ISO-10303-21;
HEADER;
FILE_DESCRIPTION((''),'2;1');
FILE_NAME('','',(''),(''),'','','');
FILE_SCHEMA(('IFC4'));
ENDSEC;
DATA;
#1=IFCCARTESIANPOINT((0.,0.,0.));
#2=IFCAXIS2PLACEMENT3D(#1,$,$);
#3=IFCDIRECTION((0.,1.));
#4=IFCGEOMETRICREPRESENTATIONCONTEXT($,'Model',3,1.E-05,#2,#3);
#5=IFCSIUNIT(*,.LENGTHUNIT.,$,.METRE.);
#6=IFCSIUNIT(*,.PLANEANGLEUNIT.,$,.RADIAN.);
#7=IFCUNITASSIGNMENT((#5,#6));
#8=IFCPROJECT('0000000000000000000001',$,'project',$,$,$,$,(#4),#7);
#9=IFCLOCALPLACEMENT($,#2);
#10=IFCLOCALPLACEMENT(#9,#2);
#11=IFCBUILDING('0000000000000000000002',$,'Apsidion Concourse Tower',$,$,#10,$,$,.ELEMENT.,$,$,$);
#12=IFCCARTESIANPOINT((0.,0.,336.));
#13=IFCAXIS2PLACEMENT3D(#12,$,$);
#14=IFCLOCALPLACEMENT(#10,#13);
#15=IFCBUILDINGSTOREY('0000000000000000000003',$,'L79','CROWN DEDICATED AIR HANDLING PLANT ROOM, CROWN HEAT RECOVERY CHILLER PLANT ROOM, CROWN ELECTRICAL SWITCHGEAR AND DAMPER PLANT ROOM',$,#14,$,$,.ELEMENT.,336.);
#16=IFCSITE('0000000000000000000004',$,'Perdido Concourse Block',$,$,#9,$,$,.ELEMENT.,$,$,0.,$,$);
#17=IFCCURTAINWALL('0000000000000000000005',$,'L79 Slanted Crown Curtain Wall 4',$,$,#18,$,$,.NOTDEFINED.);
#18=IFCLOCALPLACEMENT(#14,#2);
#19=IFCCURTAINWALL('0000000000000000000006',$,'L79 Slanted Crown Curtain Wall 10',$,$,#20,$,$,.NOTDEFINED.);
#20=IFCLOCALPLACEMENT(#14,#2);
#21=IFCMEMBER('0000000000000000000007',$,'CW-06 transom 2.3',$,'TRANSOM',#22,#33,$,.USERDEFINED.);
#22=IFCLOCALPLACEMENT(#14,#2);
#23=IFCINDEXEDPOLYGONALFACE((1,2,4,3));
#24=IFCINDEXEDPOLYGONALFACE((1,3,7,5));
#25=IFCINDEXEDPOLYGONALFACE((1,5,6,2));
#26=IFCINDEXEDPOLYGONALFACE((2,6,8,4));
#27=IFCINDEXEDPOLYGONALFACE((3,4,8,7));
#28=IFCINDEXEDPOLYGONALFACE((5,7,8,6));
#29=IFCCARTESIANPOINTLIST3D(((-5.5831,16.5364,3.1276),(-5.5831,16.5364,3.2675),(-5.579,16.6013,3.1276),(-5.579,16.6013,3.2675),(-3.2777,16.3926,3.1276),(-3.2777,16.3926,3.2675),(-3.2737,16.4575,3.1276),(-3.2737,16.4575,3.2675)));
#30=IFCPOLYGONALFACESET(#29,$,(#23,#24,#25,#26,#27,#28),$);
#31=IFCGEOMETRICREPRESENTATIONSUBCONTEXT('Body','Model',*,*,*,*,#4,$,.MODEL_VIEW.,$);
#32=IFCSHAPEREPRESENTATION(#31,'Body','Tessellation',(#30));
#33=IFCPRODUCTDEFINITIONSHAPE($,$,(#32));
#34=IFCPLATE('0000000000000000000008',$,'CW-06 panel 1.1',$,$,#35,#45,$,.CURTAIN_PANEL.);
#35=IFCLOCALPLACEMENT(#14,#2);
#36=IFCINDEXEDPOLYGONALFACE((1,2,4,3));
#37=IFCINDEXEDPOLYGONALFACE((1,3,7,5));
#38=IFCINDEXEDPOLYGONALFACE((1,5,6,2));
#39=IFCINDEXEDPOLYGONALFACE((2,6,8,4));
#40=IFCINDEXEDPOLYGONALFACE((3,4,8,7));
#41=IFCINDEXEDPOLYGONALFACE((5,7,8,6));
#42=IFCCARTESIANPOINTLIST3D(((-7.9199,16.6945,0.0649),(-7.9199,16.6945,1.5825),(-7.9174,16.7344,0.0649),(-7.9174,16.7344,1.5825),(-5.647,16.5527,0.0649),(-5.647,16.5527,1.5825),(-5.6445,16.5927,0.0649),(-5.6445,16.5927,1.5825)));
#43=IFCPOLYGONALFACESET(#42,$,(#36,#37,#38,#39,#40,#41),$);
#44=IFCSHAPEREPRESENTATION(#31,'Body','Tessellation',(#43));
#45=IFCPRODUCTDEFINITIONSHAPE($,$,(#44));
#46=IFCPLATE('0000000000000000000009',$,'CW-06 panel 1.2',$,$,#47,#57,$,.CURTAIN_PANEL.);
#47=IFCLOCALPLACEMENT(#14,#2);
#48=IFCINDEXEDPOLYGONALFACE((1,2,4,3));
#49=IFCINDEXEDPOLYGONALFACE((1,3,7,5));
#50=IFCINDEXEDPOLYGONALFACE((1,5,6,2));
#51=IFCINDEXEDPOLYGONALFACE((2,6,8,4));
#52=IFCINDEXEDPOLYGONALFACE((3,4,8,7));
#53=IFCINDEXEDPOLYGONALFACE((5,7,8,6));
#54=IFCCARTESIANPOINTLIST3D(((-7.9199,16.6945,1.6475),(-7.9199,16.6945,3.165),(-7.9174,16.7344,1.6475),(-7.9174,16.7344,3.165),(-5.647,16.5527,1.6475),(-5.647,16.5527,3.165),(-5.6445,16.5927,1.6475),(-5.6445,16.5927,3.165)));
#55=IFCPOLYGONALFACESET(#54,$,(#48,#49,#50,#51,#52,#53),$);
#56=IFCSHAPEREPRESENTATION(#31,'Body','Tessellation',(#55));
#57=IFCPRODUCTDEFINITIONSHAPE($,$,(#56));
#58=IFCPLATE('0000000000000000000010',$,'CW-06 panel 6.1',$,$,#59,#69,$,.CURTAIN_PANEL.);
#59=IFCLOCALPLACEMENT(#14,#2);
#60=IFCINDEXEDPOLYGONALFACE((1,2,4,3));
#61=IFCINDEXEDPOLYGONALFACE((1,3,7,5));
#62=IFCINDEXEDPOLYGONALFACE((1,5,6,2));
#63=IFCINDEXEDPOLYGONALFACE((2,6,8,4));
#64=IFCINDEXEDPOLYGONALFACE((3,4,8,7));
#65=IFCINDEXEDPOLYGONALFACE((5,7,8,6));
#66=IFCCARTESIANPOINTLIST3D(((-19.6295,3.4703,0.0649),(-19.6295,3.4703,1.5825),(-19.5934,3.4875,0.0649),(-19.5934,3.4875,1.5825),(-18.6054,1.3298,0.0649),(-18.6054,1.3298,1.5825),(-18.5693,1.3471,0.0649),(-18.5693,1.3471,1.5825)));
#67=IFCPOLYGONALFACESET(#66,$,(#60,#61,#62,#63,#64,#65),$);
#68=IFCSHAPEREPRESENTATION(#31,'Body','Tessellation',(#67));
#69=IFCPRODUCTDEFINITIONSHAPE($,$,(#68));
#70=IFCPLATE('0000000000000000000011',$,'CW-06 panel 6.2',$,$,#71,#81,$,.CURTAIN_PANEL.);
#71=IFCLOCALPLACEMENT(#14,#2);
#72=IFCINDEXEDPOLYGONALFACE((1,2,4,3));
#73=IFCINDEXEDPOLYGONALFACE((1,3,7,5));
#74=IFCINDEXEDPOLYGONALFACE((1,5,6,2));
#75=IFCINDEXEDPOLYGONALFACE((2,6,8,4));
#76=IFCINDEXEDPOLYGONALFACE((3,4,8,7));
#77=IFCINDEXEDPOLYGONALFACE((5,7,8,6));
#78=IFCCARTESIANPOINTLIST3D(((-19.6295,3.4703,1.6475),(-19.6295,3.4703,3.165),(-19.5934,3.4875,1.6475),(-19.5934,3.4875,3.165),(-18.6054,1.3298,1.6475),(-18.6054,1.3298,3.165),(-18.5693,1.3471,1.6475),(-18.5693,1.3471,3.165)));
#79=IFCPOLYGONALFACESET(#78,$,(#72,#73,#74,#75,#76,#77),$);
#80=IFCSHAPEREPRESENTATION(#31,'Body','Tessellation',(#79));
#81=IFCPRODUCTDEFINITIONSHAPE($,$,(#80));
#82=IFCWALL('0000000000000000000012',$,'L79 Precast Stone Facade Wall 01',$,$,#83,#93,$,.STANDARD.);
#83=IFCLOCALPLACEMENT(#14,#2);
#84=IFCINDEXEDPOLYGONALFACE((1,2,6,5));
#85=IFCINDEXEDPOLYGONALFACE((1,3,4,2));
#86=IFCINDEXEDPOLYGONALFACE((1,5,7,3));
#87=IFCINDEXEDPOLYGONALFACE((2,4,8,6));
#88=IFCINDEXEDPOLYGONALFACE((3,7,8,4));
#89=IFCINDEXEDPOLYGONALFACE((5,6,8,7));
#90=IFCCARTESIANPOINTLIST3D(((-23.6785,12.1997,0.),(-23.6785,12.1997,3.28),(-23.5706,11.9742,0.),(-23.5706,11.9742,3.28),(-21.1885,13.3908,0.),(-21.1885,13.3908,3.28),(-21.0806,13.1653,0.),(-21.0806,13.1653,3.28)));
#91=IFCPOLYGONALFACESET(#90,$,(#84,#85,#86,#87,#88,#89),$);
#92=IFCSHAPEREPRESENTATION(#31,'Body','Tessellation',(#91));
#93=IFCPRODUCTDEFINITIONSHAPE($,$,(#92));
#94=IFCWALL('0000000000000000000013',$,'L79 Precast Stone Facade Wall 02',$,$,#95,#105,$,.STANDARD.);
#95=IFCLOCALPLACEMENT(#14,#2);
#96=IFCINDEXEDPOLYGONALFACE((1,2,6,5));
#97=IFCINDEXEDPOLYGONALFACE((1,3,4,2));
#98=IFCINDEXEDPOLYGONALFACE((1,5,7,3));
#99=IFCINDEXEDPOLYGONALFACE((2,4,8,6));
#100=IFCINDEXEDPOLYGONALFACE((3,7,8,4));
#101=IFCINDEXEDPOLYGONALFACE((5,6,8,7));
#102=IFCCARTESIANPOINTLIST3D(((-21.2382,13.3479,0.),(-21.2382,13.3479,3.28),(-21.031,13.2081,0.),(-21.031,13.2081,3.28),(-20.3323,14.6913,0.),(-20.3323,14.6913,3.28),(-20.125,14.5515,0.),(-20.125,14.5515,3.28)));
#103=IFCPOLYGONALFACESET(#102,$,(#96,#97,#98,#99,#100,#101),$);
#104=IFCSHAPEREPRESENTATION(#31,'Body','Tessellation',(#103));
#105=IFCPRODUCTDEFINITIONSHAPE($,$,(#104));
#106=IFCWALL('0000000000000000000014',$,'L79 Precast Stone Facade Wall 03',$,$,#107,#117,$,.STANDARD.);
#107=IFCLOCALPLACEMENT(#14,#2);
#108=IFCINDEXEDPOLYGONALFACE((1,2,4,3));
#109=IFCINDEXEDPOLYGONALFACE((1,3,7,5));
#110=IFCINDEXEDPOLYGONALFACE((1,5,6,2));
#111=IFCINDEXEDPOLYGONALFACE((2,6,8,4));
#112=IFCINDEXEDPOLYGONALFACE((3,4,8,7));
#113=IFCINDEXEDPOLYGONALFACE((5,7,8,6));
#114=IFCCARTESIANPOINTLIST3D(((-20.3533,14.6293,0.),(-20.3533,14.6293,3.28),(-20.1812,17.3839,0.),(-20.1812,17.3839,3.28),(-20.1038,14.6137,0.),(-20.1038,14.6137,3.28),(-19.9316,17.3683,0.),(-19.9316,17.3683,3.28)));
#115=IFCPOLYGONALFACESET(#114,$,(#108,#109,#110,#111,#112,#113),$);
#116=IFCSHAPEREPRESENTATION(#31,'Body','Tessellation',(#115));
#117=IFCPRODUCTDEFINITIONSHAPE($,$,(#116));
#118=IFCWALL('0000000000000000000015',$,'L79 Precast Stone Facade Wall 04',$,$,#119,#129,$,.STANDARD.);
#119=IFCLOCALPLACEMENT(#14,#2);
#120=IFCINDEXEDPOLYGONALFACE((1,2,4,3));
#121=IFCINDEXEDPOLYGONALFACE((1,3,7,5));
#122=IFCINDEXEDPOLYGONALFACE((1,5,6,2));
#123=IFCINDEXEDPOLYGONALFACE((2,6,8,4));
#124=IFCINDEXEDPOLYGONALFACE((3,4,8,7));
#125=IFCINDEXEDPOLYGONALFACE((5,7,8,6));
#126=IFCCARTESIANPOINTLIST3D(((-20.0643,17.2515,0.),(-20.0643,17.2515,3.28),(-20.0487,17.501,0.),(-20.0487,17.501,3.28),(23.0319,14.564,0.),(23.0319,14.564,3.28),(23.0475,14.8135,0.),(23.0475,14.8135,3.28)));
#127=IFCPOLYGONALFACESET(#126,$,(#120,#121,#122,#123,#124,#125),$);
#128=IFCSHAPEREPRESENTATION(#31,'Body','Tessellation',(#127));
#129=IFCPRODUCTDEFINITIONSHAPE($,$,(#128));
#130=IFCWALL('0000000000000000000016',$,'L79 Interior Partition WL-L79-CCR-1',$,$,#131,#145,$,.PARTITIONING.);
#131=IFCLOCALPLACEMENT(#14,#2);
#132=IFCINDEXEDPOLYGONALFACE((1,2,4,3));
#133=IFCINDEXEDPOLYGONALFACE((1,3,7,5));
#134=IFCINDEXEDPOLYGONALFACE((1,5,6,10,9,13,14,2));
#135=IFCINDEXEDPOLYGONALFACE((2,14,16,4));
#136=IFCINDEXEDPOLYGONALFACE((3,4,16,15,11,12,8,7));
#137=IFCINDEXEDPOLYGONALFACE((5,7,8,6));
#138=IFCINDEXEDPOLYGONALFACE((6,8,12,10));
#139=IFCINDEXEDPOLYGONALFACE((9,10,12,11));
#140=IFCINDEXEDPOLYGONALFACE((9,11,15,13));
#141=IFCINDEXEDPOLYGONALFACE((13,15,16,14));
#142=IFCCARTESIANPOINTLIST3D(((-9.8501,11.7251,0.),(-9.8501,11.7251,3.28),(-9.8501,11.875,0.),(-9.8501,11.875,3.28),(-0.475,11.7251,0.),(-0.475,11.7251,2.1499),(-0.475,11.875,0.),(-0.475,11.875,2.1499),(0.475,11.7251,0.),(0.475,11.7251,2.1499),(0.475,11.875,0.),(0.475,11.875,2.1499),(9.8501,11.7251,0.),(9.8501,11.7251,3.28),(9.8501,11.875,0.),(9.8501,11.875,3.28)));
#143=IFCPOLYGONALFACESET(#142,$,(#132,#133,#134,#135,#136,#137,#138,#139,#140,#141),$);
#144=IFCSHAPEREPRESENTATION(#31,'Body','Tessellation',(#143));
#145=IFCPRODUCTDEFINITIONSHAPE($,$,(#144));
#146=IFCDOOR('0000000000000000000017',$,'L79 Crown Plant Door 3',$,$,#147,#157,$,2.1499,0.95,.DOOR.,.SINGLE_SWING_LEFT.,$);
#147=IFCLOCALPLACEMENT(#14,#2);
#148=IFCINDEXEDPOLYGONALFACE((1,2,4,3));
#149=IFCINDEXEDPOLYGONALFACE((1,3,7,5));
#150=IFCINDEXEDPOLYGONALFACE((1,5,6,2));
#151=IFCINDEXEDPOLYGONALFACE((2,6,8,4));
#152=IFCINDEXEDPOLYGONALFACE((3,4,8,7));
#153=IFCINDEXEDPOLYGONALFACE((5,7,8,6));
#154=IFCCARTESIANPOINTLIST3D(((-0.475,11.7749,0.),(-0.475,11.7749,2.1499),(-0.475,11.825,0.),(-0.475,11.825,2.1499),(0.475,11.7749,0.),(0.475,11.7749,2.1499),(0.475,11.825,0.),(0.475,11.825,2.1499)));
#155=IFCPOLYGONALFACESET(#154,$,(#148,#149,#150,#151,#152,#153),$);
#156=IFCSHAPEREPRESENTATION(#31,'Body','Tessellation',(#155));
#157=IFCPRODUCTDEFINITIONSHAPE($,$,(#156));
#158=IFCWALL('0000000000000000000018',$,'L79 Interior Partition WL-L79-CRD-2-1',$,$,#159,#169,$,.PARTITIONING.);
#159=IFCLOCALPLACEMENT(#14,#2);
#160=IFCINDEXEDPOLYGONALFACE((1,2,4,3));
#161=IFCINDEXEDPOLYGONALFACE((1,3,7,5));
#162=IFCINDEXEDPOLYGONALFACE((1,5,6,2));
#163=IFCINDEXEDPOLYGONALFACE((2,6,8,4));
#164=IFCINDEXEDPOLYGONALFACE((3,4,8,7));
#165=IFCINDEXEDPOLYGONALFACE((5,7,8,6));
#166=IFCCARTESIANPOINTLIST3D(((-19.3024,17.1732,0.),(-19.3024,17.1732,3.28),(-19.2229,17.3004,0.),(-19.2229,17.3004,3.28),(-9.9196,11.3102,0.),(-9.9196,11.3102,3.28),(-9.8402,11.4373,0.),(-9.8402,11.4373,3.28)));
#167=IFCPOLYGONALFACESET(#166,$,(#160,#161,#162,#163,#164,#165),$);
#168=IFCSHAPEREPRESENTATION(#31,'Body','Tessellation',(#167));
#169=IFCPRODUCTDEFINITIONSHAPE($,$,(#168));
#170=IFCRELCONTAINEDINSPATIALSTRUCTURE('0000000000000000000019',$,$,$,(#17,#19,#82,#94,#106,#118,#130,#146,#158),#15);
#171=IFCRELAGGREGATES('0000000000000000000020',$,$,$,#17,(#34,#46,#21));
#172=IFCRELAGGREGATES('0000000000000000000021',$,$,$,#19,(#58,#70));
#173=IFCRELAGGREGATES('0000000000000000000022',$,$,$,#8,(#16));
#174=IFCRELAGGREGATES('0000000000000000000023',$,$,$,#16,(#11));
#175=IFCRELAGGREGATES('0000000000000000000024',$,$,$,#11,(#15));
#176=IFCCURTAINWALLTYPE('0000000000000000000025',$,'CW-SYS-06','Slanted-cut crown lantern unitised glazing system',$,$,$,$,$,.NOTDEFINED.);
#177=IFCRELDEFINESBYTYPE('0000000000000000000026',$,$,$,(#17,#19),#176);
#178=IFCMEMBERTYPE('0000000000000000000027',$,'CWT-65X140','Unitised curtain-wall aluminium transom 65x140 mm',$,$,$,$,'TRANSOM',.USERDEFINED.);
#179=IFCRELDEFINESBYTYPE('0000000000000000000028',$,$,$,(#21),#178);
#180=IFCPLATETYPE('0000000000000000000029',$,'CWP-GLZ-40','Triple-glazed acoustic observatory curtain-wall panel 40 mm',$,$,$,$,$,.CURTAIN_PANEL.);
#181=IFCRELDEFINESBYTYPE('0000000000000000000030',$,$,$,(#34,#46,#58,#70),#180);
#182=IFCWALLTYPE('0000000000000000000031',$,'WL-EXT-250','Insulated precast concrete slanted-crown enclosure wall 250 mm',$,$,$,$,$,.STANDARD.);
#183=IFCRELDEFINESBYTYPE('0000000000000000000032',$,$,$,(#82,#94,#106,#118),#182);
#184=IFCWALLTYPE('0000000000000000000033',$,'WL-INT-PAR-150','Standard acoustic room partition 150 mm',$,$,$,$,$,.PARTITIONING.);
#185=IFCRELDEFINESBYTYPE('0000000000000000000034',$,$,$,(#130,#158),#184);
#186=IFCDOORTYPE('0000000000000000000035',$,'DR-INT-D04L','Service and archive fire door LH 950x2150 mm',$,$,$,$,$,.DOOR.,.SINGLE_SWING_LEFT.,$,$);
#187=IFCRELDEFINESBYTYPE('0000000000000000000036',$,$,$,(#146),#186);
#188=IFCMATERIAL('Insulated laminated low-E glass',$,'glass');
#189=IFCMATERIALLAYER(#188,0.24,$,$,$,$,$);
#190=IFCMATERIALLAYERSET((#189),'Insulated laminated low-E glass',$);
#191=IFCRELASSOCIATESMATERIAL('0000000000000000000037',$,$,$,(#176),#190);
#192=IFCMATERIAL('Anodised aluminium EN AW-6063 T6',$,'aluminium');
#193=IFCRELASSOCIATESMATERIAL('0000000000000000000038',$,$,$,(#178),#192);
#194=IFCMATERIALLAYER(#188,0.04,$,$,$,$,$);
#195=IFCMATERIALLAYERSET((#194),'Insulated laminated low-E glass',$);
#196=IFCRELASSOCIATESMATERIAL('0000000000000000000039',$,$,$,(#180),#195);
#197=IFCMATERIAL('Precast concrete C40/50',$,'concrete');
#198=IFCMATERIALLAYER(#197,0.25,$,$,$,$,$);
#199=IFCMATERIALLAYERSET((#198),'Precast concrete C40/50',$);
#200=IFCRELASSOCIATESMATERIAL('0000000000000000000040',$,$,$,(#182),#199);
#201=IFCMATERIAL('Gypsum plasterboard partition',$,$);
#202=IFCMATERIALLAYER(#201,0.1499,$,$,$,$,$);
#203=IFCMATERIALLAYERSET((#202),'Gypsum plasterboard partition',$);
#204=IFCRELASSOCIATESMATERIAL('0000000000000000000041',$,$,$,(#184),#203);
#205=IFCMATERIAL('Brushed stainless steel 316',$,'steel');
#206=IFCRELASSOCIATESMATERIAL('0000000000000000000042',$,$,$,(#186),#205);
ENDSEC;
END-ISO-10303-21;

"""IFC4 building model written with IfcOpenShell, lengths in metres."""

from ifc_helpers import new_model, si_unit, direction, frame, frame_2d, origin, origin_2d, place, context, subcontext, project, spatial, rectangle, extrude, material, layer, layer_set, material_profile, profile_set, type_object, element, fill, aggregate, save


model = new_model("IFC4")

# Units and contexts
model_context = context("Model", 3, precision=1e-05, world=origin(), true_north=direction((0.0, 1.0)))
body_context = subcontext(model_context, "Body", "Model", "MODEL_VIEW")
ifc_project = project(units=[si_unit("LENGTHUNIT", "METRE"), si_unit("PLANEANGLEUNIT", "RADIAN")], contexts=[model_context])

# Site, building, storey
site_placement = place(None, origin())
site = spatial("IfcSite", under=ifc_project, at=site_placement, Name="Perdido Concourse Block", CompositionType="ELEMENT", RefElevation=0.0)
building_placement = place(site_placement, origin())
building = spatial("IfcBuilding", under=site, at=building_placement, Name="Apsidion Concourse Tower", CompositionType="ELEMENT")
storey_placement = place(building_placement, frame((0.0, 0.0, 336.0)))
storey = spatial("IfcBuildingStorey", under=building, at=storey_placement, Name="L79", Description="CROWN DEDICATED AIR HANDLING PLANT ROOM, CROWN HEAT RECOVERY CHILLER PLANT ROOM, CROWN ELECTRICAL SWITCHGEAR AND DAMPER PLANT ROOM", CompositionType="ELEMENT", Elevation=336.0)

# Curtain wall
ifc_material_1 = material(Name="Insulated laminated low-E glass", Category="glass")
ifc_layer_1 = layer(ifc_material_1, 0.24)
ifc_layer_set_1 = layer_set([ifc_layer_1], Name="Insulated laminated low-E glass")
curtain_wall_type = type_object("IfcCurtainWallType", Name="CW-SYS-06", Description="Slanted-cut crown lantern unitised glazing system", PredefinedType="NOTDEFINED", material=ifc_layer_set_1)
curtain_wall_1_placement = place(storey_placement, origin())
curtain_wall_1 = element("IfcCurtainWall", 1, at=curtain_wall_1_placement, inside=storey, type_object=curtain_wall_type, Name="L79 Slanted Crown Curtain Wall 4", PredefinedType="NOTDEFINED")
ifc_material_2 = material(Name="Anodised aluminium EN AW-6063 T6", Category="aluminium")

# Curtain wall
curtain_wall_2_placement = place(storey_placement, origin())
curtain_wall_2 = element("IfcCurtainWall", 2, at=curtain_wall_2_placement, inside=storey, type_object=curtain_wall_type, Name="L79 Slanted Crown Curtain Wall 10", PredefinedType="NOTDEFINED")

# Member
ifc_material_profile_1 = material_profile(ifc_material_2, rectangle(XDim=0.0649, YDim=0.1399, at=origin_2d()), Name="ALU TRANSOM 65x140")
ifc_profile_set_1 = profile_set([ifc_material_profile_1], Name="Anodised aluminium EN AW-6063 T6")
member_type_1 = type_object("IfcMemberType", Name="CWT-65X140", Description="Unitised curtain-wall aluminium transom 65x140 mm", ElementType="TRANSOM", PredefinedType="USERDEFINED", material=ifc_profile_set_1)
member_1_placement = place(storey_placement, frame((-5.5811, 16.5688, 3.1975), z_axis=(0.99806, -0.062253, 0.0), x_axis=(0.062253, 0.99806, 0.0)))
member_1 = element("IfcMember", 3, at=member_1_placement, type_object=member_type_1, Name="CW-06 transom 2.3", ObjectType="TRANSOM", PredefinedType="USERDEFINED", context=body_context, shape_type="SweptSolid", body=[
    extrude(rectangle(XDim=0.0649, YDim=0.1399, at=origin_2d()), origin(), (0.0, 0.0, 1.0), 2.3098),
])

# Plates
ifc_layer_2 = layer(ifc_material_1, 0.04)
ifc_layer_set_2 = layer_set([ifc_layer_2], Name="Insulated laminated low-E glass")
plate_type = type_object("IfcPlateType", Name="CWP-GLZ-40", Description="Triple-glazed acoustic observatory curtain-wall panel 40 mm", PredefinedType="CURTAIN_PANEL", material=ifc_layer_set_2)
plate_1_placement = place(storey_placement, frame((-6.7822, 16.6436, 0.0649), z_axis=(0.0, 0.0, 1.0), x_axis=(0.998061, -0.062245, 0.0)))
plate_1 = element("IfcPlate", 4, at=plate_1_placement, type_object=plate_type, Name="CW-06 panel 1.1", PredefinedType="CURTAIN_PANEL", context=body_context, shape_type="SweptSolid", body=[
    extrude(rectangle(XDim=2.2773, YDim=0.04, at=origin_2d()), origin(), (0.0, 0.0, 1.0), 1.5176),
])
plate_2_placement = place(storey_placement, frame((-6.7822, 16.6436, 1.6475), z_axis=(0.0, 0.0, 1.0), x_axis=(0.998061, -0.062245, 0.0)))
plate_2 = element("IfcPlate", 5, at=plate_2_placement, type_object=plate_type, Name="CW-06 panel 1.2", PredefinedType="CURTAIN_PANEL", context=body_context, shape_type="SweptSolid", body=[
    extrude(rectangle(XDim=2.2773, YDim=0.04, at=origin_2d()), origin(), (0.0, 0.0, 1.0), 1.5176),
])
aggregate(curtain_wall_1, [plate_1, plate_2, member_1])
plate_3_placement = place(storey_placement, frame((-19.0994, 2.4087, 0.0649), z_axis=(0.0, 0.0, 1.0), x_axis=(-0.431596, 0.902067, 0.0)))
plate_3 = element("IfcPlate", 6, at=plate_3_placement, type_object=plate_type, Name="CW-06 panel 6.1", PredefinedType="CURTAIN_PANEL", context=body_context, shape_type="SweptSolid", body=[
    extrude(rectangle(XDim=2.3728, YDim=0.04, at=origin_2d()), origin(), (0.0, 0.0, 1.0), 1.5176),
])
plate_4_placement = place(storey_placement, frame((-19.0994, 2.4087, 1.6475), z_axis=(0.0, 0.0, 1.0), x_axis=(-0.431596, 0.902067, 0.0)))
plate_4 = element("IfcPlate", 7, at=plate_4_placement, type_object=plate_type, Name="CW-06 panel 6.2", PredefinedType="CURTAIN_PANEL", context=body_context, shape_type="SweptSolid", body=[
    extrude(rectangle(XDim=2.3728, YDim=0.04, at=origin_2d()), origin(), (0.0, 0.0, 1.0), 1.5176),
])
aggregate(curtain_wall_2, [plate_3, plate_4])

# Walls
ifc_material_3 = material(Name="Precast concrete C40/50", Category="concrete")
ifc_layer_3 = layer(ifc_material_3, 0.25)
ifc_layer_set_3 = layer_set([ifc_layer_3], Name="Precast concrete C40/50")
wall_type_1 = type_object("IfcWallType", Name="WL-EXT-250", Description="Insulated precast concrete slanted-crown enclosure wall 250 mm", PredefinedType="STANDARD", material=ifc_layer_set_3)
wall_1_placement = place(storey_placement, frame((-23.6245, 12.0869, 0.0), z_axis=(0.0, 0.0, 1.0), x_axis=(0.902092, 0.431543, 0.0)))
element("IfcWall", 8, at=wall_1_placement, inside=storey, type_object=wall_type_1, Name="L79 Precast Stone Facade Wall 01", PredefinedType="STANDARD", context=body_context, shape_type="SweptSolid", body=[
    extrude(rectangle(XDim=2.7603, YDim=0.25, at=frame_2d((1.3801, 0.0))), origin(), (0.0, 0.0, 1.0), 3.28),
])
wall_2_placement = place(storey_placement, frame((-21.1345, 13.2781, 0.0), z_axis=(0.0, 0.0, 1.0), x_axis=(0.559108, 0.829095, 0.0)))
element("IfcWall", 9, at=wall_2_placement, inside=storey, type_object=wall_type_1, Name="L79 Precast Stone Facade Wall 02", PredefinedType="STANDARD", context=body_context, shape_type="SweptSolid", body=[
    extrude(rectangle(XDim=1.6204, YDim=0.25, at=frame_2d((0.8101, 0.0))), origin(), (0.0, 0.0, 1.0), 3.28),
])
wall_3_placement = place(storey_placement, frame((-20.2285, 14.6216, 0.0), z_axis=(0.0, 0.0, 1.0), x_axis=(0.062362, 0.998054, 0.0)))
element("IfcWall", 10, at=wall_3_placement, inside=storey, type_object=wall_type_1, Name="L79 Precast Stone Facade Wall 03", PredefinedType="STANDARD", context=body_context, shape_type="SweptSolid", body=[
    extrude(rectangle(XDim=2.76, YDim=0.25, at=frame_2d((1.3799, 0.0))), origin(), (0.0, 0.0, 1.0), 3.28),
])
wall_4_placement = place(storey_placement, frame((-20.0564, 17.3762, 0.0), z_axis=(0.0, 0.0, 1.0), x_axis=(0.998061, -0.06224, 0.0)))
element("IfcWall", 11, at=wall_4_placement, inside=storey, type_object=wall_type_1, Name="L79 Precast Stone Facade Wall 04", PredefinedType="STANDARD", context=body_context, shape_type="SweptSolid", body=[
    extrude(rectangle(XDim=43.1799, YDim=0.25, at=frame_2d((21.5898, 0.0))), origin(), (0.0, 0.0, 1.0), 3.28),
])

# Wall, opening, door
ifc_material_4 = material(Name="Gypsum plasterboard partition")
ifc_layer_4 = layer(ifc_material_4, 0.1499)
ifc_layer_set_4 = layer_set([ifc_layer_4], Name="Gypsum plasterboard partition")
wall_type_2 = type_object("IfcWallType", Name="WL-INT-PAR-150", Description="Standard acoustic room partition 150 mm", PredefinedType="PARTITIONING", material=ifc_layer_set_4)
wall_5_placement = place(storey_placement, frame((-9.8501, 11.8, 0.0), z_axis=(0.0, 0.0, 1.0), x_axis=(1.0, 0.0, 0.0)))
wall_5 = element("IfcWall", 12, at=wall_5_placement, inside=storey, type_object=wall_type_2, Name="L79 Interior Partition WL-L79-CCR-1", PredefinedType="PARTITIONING", context=body_context, shape_type="SweptSolid", body=[
    extrude(rectangle(XDim=19.7002, YDim=0.1499, at=frame_2d((9.8501, 0.0))), origin(), (0.0, 0.0, 1.0), 3.28),
])
opening_1_placement = place(wall_5_placement, frame((9.375, 0.0, 0.0)))
opening_1 = element("IfcOpeningElement", 13, at=opening_1_placement, cuts=wall_5, PredefinedType="OPENING", context=body_context, shape_type="SweptSolid", body=[
    extrude(rectangle(XDim=0.95, YDim=2.1499, at=frame_2d((0.4751, 1.075))), frame((0.0, 0.085, 0.0), z_axis=(0.0, -1.0, 0.0), x_axis=(1.0, 0.0, 0.0)), (0.0, 0.0, 1.0), 0.1699),
])
ifc_material_5 = material(Name="Brushed stainless steel 316", Category="steel")
door_type_1 = type_object("IfcDoorType", Name="DR-INT-D04L", Description="Service and archive fire door LH 950x2150 mm", OperationType="SINGLE_SWING_LEFT", PredefinedType="DOOR", material=ifc_material_5)
door_1_placement = place(opening_1_placement, origin())
door_1 = element("IfcDoor", 14, at=door_1_placement, inside=storey, type_object=door_type_1, Name="L79 Crown Plant Door 3", OperationType="SINGLE_SWING_LEFT", OverallHeight=2.1499, OverallWidth=0.95, PredefinedType="DOOR", context=body_context, shape_type="SweptSolid", body=[
    extrude(rectangle(XDim=0.95, YDim=2.1499, at=frame_2d((0.4751, 1.075))), frame((0.0, 0.0249, 0.0), z_axis=(0.0, -1.0, 0.0), x_axis=(1.0, 0.0, 0.0)), (0.0, 0.0, 1.0), 0.05),
])
fill(opening_1, door_1)

# Wall
wall_6_placement = place(storey_placement, frame((-9.8799, 11.3738, 0.0), z_axis=(0.0, 0.0, 1.0), x_axis=(-0.848048, 0.52992, 0.0)))
element("IfcWall", 15, at=wall_6_placement, inside=storey, type_object=wall_type_2, Name="L79 Interior Partition WL-L79-CRD-2-1", PredefinedType="PARTITIONING", context=body_context, shape_type="SweptSolid", body=[
    extrude(rectangle(XDim=11.064, YDim=0.1499, at=frame_2d((5.532, 0.0))), origin(), (0.0, 0.0, 1.0), 3.28),
])

save(model, "model.ifc")
